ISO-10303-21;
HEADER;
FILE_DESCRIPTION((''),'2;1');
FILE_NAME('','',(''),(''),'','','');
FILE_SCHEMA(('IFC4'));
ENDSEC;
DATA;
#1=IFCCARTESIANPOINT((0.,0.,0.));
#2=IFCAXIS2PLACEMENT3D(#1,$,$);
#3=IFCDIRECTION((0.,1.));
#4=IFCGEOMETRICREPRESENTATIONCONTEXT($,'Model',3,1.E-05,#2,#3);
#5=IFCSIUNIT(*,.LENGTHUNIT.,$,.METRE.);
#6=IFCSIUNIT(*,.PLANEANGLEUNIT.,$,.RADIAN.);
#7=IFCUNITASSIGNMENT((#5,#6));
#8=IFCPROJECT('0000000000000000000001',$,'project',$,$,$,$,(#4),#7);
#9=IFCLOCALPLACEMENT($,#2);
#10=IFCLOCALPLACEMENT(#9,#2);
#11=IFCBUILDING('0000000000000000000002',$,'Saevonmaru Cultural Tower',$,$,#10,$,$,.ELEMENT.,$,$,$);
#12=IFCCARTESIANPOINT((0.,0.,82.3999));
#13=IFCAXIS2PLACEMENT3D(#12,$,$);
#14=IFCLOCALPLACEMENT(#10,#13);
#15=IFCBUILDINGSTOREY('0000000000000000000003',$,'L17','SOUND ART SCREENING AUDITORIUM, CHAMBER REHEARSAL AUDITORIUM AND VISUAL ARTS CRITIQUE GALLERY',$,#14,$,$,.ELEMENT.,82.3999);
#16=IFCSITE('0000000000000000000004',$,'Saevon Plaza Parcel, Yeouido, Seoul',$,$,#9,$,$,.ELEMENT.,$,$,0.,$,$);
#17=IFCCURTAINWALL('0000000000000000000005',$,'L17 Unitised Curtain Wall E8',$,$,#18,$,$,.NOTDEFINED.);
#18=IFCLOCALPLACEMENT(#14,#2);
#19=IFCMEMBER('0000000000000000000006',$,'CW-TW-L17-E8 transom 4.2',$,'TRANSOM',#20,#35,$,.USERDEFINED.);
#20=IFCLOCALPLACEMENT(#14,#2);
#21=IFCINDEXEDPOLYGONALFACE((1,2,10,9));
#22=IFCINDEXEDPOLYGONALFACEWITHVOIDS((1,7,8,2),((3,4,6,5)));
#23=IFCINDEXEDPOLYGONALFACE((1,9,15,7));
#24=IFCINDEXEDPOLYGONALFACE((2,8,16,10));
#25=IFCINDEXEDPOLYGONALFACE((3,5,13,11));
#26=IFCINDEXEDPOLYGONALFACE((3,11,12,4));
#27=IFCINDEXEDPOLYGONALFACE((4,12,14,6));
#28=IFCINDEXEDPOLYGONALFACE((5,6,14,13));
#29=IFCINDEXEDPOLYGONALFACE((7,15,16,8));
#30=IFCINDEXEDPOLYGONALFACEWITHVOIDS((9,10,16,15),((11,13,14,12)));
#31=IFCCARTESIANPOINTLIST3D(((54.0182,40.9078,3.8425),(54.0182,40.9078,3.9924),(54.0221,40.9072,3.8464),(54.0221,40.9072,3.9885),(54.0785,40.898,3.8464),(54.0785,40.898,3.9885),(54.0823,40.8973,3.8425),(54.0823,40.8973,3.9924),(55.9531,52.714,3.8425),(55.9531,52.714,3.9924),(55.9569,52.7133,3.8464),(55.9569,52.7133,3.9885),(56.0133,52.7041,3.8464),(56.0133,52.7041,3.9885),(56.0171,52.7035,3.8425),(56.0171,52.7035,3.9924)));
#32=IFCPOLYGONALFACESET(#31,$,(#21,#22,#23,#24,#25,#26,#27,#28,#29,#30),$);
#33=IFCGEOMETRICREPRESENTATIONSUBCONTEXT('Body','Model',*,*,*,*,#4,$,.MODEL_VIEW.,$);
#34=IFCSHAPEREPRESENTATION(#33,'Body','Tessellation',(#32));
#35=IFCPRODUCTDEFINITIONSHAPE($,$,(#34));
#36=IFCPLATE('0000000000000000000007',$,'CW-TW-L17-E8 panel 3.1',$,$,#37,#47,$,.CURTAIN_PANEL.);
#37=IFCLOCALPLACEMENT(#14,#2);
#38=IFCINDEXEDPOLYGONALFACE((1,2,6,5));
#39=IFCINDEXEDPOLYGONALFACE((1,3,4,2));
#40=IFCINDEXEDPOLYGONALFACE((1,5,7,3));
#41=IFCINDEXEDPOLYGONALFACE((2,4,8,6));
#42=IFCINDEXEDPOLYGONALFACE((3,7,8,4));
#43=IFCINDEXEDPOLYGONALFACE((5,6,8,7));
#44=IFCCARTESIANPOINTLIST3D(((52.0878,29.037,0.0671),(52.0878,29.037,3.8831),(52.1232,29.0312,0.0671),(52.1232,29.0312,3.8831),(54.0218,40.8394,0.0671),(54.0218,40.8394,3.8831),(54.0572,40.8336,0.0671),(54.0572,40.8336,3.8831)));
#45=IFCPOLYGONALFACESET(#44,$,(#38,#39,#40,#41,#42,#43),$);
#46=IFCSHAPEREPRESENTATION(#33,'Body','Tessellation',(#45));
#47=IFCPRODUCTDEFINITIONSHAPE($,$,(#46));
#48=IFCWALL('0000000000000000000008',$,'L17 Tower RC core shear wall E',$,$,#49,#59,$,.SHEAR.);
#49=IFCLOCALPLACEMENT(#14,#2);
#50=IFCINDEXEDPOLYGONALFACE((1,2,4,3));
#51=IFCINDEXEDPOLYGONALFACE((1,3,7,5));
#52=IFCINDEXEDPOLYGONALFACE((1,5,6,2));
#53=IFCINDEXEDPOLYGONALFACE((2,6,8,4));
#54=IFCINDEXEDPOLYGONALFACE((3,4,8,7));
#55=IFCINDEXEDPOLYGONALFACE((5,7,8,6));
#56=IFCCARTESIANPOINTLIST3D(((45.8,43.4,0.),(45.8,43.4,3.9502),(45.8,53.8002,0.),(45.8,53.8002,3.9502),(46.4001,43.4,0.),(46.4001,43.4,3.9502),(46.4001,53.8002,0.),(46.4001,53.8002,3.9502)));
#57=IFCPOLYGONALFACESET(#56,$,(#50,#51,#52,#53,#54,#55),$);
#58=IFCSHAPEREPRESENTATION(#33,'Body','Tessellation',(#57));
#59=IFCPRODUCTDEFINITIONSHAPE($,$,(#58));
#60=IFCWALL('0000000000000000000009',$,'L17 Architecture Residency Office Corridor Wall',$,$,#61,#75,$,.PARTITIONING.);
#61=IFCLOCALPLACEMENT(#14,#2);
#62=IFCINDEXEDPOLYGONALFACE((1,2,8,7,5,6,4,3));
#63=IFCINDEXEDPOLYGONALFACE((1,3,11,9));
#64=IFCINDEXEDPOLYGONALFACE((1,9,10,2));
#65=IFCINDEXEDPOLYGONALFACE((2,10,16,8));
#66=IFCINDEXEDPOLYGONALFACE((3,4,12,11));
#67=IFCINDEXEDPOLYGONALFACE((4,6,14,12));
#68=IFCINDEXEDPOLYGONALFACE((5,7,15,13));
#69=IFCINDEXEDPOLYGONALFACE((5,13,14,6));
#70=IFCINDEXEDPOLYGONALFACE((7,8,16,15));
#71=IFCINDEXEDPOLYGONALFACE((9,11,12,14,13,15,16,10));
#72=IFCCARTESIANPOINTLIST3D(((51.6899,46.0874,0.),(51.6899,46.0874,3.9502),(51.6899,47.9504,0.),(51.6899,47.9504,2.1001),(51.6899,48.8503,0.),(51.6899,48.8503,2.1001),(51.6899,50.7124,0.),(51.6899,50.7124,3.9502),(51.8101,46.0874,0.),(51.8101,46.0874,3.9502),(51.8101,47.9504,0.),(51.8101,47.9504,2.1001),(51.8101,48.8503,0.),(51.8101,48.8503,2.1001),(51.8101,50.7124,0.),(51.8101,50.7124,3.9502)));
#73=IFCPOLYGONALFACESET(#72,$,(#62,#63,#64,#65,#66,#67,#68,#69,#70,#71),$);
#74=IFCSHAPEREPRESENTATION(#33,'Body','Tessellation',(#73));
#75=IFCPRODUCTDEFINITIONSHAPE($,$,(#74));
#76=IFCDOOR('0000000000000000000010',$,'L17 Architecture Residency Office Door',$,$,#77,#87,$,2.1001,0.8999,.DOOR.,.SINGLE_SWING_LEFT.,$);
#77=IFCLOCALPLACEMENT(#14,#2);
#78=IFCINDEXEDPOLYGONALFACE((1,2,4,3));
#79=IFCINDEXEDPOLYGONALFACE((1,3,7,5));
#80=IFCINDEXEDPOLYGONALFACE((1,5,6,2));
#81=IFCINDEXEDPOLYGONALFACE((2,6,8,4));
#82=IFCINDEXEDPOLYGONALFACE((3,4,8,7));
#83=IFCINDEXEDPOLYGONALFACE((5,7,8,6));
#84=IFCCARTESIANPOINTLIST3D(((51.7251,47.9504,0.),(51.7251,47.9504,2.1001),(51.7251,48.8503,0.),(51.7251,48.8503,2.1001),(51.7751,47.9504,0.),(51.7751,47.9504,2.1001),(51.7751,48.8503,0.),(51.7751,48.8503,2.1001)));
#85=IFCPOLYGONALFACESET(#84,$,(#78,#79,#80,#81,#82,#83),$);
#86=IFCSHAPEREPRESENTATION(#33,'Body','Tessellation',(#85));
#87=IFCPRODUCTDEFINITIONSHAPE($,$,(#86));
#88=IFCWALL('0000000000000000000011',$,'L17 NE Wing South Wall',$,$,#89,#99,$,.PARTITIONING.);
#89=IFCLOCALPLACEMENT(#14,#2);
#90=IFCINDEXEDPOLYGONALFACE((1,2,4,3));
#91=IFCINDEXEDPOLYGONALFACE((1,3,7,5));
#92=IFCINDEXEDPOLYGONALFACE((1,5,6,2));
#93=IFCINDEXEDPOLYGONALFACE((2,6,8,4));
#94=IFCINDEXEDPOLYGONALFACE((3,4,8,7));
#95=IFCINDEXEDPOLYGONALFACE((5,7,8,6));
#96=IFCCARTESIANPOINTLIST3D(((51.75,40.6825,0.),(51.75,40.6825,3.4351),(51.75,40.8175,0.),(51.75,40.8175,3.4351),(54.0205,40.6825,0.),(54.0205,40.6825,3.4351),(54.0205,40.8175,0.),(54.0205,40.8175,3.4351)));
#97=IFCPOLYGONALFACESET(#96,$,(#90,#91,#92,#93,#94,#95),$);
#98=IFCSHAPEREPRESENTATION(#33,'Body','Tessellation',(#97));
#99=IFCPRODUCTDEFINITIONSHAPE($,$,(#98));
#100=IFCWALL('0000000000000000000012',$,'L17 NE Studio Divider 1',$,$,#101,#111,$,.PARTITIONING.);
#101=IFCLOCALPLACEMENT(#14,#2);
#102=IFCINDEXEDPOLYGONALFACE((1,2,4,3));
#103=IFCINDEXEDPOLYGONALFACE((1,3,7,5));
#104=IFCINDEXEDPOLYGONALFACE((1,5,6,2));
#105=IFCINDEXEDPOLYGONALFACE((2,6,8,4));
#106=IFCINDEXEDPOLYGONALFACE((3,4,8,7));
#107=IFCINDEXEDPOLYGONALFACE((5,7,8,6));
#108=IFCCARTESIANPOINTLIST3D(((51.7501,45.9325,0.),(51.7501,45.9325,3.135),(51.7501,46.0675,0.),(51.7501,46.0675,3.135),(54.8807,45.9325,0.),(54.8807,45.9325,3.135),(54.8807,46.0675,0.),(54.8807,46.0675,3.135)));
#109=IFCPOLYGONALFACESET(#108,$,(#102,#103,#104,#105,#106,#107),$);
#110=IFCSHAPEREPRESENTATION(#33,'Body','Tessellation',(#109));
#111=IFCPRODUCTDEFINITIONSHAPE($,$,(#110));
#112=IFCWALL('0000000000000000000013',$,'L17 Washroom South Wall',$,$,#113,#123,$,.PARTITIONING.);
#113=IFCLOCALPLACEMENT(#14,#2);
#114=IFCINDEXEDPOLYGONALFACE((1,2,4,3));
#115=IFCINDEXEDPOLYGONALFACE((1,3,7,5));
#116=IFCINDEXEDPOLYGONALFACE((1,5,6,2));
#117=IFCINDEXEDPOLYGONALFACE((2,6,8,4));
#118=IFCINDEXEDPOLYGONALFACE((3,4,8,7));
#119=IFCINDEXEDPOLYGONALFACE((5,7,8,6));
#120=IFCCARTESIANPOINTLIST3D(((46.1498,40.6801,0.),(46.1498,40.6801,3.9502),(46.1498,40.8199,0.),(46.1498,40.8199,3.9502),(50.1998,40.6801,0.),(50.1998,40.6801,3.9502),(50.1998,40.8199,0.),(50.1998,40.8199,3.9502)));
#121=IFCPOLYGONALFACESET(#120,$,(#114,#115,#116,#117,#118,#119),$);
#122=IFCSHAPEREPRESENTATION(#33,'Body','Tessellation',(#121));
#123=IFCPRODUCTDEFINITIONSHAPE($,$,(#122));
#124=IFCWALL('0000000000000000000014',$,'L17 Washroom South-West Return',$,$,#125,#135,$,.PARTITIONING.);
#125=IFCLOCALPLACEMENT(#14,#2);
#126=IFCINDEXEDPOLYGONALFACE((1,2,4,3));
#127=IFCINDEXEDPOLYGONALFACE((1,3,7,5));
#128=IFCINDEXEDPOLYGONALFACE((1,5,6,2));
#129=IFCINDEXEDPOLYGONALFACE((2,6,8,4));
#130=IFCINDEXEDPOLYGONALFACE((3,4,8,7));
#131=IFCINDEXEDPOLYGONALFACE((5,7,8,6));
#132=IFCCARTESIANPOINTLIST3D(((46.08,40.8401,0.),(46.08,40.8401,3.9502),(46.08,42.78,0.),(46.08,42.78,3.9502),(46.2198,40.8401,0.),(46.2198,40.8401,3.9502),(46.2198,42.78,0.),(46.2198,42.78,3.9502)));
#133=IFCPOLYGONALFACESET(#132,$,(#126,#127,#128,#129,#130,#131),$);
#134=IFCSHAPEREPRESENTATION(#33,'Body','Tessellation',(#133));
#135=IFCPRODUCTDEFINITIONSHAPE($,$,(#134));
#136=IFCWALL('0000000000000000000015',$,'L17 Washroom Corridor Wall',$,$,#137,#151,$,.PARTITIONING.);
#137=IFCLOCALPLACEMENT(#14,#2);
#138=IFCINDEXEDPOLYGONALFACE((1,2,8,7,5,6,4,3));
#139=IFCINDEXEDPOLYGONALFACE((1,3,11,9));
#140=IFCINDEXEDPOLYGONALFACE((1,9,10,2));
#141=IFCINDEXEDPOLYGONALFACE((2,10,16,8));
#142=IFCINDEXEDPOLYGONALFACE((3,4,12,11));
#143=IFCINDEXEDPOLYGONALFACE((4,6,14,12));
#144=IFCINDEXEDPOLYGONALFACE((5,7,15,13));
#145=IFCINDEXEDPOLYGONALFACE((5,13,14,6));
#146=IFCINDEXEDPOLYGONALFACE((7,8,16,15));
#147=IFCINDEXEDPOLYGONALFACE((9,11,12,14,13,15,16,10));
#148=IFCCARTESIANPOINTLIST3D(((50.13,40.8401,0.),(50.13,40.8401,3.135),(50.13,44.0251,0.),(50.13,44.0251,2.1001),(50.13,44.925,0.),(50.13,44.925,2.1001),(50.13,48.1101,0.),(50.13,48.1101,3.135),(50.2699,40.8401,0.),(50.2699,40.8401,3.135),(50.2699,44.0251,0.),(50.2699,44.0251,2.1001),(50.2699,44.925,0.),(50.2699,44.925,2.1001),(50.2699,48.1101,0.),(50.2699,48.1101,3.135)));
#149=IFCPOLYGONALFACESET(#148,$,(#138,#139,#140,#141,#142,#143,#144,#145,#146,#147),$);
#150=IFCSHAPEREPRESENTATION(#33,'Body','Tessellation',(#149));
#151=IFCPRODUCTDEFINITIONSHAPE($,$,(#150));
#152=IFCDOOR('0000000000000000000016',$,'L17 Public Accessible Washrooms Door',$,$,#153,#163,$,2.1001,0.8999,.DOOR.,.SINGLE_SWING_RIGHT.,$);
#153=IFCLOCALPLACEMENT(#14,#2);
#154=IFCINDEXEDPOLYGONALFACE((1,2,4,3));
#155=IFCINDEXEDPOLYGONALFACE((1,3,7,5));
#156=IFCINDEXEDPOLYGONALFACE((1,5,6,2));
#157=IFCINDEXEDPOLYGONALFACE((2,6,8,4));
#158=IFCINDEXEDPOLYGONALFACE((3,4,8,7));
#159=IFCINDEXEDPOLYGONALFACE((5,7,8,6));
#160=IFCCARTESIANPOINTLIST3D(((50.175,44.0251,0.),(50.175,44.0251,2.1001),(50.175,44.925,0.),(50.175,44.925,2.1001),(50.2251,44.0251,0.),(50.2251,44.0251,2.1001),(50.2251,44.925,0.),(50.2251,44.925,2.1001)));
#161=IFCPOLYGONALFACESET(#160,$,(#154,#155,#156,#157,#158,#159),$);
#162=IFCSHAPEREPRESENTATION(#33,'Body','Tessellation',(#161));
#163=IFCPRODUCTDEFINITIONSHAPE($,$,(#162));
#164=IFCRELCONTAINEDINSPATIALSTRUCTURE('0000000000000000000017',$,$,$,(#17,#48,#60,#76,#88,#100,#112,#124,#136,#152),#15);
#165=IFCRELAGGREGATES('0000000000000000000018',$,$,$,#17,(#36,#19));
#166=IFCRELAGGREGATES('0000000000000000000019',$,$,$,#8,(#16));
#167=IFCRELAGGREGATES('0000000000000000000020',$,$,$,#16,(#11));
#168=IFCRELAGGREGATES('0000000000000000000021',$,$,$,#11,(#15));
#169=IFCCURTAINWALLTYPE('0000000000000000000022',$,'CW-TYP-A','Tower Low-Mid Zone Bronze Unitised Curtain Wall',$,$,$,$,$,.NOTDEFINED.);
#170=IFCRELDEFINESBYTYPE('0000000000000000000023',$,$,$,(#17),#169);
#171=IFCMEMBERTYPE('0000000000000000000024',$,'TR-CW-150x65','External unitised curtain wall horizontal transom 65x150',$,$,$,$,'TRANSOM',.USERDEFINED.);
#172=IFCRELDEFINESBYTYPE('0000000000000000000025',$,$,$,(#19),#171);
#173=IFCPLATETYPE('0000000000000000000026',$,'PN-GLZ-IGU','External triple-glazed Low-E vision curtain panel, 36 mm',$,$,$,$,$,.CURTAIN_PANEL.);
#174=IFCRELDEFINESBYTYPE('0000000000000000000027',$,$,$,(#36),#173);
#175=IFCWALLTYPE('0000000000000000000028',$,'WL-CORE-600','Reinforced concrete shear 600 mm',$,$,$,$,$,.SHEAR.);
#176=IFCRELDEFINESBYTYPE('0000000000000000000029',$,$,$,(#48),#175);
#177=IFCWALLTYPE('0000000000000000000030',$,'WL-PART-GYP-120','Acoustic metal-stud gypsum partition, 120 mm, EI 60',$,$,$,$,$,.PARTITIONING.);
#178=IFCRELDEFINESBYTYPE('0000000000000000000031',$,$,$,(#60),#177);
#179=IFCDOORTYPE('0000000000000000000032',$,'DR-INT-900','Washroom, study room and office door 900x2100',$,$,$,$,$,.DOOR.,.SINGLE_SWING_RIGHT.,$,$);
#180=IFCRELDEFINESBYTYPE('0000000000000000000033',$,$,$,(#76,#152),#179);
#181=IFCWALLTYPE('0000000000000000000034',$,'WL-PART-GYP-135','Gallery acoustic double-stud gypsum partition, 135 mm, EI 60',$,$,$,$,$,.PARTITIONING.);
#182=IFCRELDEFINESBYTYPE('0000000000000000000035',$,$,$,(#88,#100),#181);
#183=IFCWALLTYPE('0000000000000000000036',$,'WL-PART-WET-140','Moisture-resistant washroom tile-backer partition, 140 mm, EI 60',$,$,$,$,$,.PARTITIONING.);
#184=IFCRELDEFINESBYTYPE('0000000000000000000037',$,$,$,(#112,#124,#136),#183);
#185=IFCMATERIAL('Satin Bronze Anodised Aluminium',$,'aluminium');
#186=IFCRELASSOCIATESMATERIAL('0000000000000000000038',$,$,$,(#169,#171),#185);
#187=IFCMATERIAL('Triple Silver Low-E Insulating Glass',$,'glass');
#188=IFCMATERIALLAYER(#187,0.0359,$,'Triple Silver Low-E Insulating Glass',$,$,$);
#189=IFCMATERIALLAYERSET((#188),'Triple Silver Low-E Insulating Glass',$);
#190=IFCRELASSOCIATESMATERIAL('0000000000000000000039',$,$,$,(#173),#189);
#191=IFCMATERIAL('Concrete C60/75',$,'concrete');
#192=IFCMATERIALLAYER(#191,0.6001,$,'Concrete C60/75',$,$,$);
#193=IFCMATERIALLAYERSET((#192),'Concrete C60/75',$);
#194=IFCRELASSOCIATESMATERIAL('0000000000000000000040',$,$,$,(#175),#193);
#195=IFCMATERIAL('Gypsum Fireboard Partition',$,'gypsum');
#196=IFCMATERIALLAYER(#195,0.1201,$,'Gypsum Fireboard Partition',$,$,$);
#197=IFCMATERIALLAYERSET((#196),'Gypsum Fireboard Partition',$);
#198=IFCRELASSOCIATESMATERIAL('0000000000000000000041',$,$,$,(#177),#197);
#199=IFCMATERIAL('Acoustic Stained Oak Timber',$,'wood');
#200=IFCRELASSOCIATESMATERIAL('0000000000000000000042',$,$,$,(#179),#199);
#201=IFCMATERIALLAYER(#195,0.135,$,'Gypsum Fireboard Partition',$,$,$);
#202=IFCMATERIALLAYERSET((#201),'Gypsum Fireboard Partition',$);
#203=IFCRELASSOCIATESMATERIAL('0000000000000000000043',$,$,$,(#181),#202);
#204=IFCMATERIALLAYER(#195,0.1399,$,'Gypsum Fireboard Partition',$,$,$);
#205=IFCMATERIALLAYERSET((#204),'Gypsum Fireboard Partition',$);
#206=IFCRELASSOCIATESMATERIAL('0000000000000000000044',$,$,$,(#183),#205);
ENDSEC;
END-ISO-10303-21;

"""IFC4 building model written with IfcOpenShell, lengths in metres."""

from ifc_helpers import new_model, si_unit, direction, frame, frame_2d, origin, origin_2d, place, context, subcontext, project, spatial, rectangle, hollow_rectangle, extrude, material, layer, layer_set, material_profile, profile_set, type_object, element, fill, aggregate, save


model = new_model("IFC4")

# Units and contexts
model_context = context("Model", 3, precision=1e-05, world=origin(), true_north=direction((0.0, 1.0)))
body_context = subcontext(model_context, "Body", "Model", "MODEL_VIEW")
ifc_project = project(units=[si_unit("LENGTHUNIT", "METRE"), si_unit("PLANEANGLEUNIT", "RADIAN")], contexts=[model_context])

# Site, building, storey
site_placement = place(None, origin())
site = spatial("IfcSite", under=ifc_project, at=site_placement, Name="Saevon Plaza Parcel, Yeouido, Seoul", CompositionType="ELEMENT", RefElevation=0.0)
building_placement = place(site_placement, origin())
building = spatial("IfcBuilding", under=site, at=building_placement, Name="Saevonmaru Cultural Tower", CompositionType="ELEMENT")
storey_placement = place(building_placement, frame((0.0, 0.0, 82.3999)))
storey = spatial("IfcBuildingStorey", under=building, at=storey_placement, Name="L17", Description="SOUND ART SCREENING AUDITORIUM, CHAMBER REHEARSAL AUDITORIUM AND VISUAL ARTS CRITIQUE GALLERY", CompositionType="ELEMENT", Elevation=82.3999)

# Curtain wall, member, plate
ifc_material_1 = material(Name="Satin Bronze Anodised Aluminium", Category="aluminium")
curtain_wall_type = type_object("IfcCurtainWallType", Name="CW-TYP-A", Description="Tower Low-Mid Zone Bronze Unitised Curtain Wall", PredefinedType="NOTDEFINED", material=ifc_material_1)
curtain_wall_placement = place(storey_placement, origin())
curtain_wall = element("IfcCurtainWall", 1, at=curtain_wall_placement, inside=storey, type_object=curtain_wall_type, Name="L17 Unitised Curtain Wall E8", PredefinedType="NOTDEFINED")
ifc_material_profile_1 = material_profile(ifc_material_1, hollow_rectangle(XDim=0.0649, YDim=0.1499, WallThickness=0.0039, at=origin_2d()), Name="ALU-TRAN-150x65x4")
ifc_profile_set_1 = profile_set([ifc_material_profile_1], Name="Satin Bronze Anodised Aluminium")
member_type_1 = type_object("IfcMemberType", Name="TR-CW-150x65", Description="External unitised curtain wall horizontal transom 65x150", ElementType="TRANSOM", PredefinedType="USERDEFINED", material=ifc_profile_set_1)
member_1_placement = place(storey_placement, frame((54.0503, 40.9026, 3.9175), z_axis=(0.161725, 0.986836, 0.0), x_axis=(-0.986836, 0.161725, 0.0)))
member_1 = element("IfcMember", 2, at=member_1_placement, type_object=member_type_1, Name="CW-TW-L17-E8 transom 4.2", ObjectType="TRANSOM", PredefinedType="USERDEFINED", context=body_context, shape_type="SweptSolid", body=[
    extrude(hollow_rectangle(XDim=0.0649, YDim=0.1499, WallThickness=0.0039, at=origin_2d()), origin(), (0.0, 0.0, 1.0), 11.9636),
])
ifc_material_2 = material(Name="Triple Silver Low-E Insulating Glass", Category="glass")
ifc_layer_1 = layer(ifc_material_2, 0.0359, Name="Triple Silver Low-E Insulating Glass")
ifc_layer_set_1 = layer_set([ifc_layer_1], Name="Triple Silver Low-E Insulating Glass")
plate_type = type_object("IfcPlateType", Name="PN-GLZ-IGU", Description="External triple-glazed Low-E vision curtain panel, 36 mm", PredefinedType="CURTAIN_PANEL", material=ifc_layer_set_1)
plate_placement = place(storey_placement, frame((53.0725, 34.9353, 0.0671), z_axis=(0.0, 0.0, 1.0), x_axis=(0.161709, 0.986839, 0.0)))
plate = element("IfcPlate", 3, at=plate_placement, type_object=plate_type, Name="CW-TW-L17-E8 panel 3.1", PredefinedType="CURTAIN_PANEL", context=body_context, shape_type="SweptSolid", body=[
    extrude(rectangle(XDim=11.9597, YDim=0.0359, at=origin_2d()), origin(), (0.0, 0.0, 1.0), 3.8159),
])
aggregate(curtain_wall, [plate, member_1])

# Wall
ifc_material_3 = material(Name="Concrete C60/75", Category="concrete")
ifc_layer_2 = layer(ifc_material_3, 0.6001, Name="Concrete C60/75")
ifc_layer_set_2 = layer_set([ifc_layer_2], Name="Concrete C60/75")
wall_type_1 = type_object("IfcWallType", Name="WL-CORE-600", Description="Reinforced concrete shear 600 mm", PredefinedType="SHEAR", material=ifc_layer_set_2)
wall_1_placement = place(storey_placement, frame((46.1001, 43.3999, 0.0), z_axis=(0.0, 0.0, 1.0), x_axis=(0.0, 1.0, 0.0)))
element("IfcWall", 4, at=wall_1_placement, inside=storey, type_object=wall_type_1, Name="L17 Tower RC core shear wall E", PredefinedType="SHEAR", context=body_context, shape_type="SweptSolid", body=[
    extrude(rectangle(XDim=10.4001, YDim=0.6001, at=frame_2d((5.2002, 0.0))), origin(), (0.0, 0.0, 1.0), 3.9502),
])

# Wall, opening, door
ifc_material_4 = material(Name="Gypsum Fireboard Partition", Category="gypsum")
ifc_layer_3 = layer(ifc_material_4, 0.1201, Name="Gypsum Fireboard Partition")
ifc_layer_set_3 = layer_set([ifc_layer_3], Name="Gypsum Fireboard Partition")
wall_type_2 = type_object("IfcWallType", Name="WL-PART-GYP-120", Description="Acoustic metal-stud gypsum partition, 120 mm, EI 60", PredefinedType="PARTITIONING", material=ifc_layer_set_3)
wall_2_placement = place(storey_placement, frame((51.75, 46.0874, 0.0), z_axis=(0.0, 0.0, 1.0), x_axis=(0.0, 1.0, 0.0)))
wall_2 = element("IfcWall", 5, at=wall_2_placement, inside=storey, type_object=wall_type_2, Name="L17 Architecture Residency Office Corridor Wall", PredefinedType="PARTITIONING", context=body_context, shape_type="SweptSolid", body=[
    extrude(rectangle(XDim=4.625, YDim=0.1201, at=frame_2d((2.3125, 0.0))), origin(), (0.0, 0.0, 1.0), 3.9502),
])
opening_1_placement = place(wall_2_placement, frame((1.863, 0.0, 0.0)))
opening_1 = element("IfcOpeningElement", 6, at=opening_1_placement, cuts=wall_2, PredefinedType="OPENING", context=body_context, shape_type="SweptSolid", body=[
    extrude(rectangle(XDim=0.8999, YDim=2.1001, at=frame_2d((0.45, 1.05))), frame((0.0, 0.0701, 0.0), z_axis=(0.0, -1.0, 0.0), x_axis=(1.0, 0.0, 0.0)), (0.0, 0.0, 1.0), 0.1401),
])
ifc_material_5 = material(Name="Acoustic Stained Oak Timber", Category="wood")
door_type_1 = type_object("IfcDoorType", Name="DR-INT-900", Description="Washroom, study room and office door 900x2100", OperationType="SINGLE_SWING_RIGHT", PredefinedType="DOOR", material=ifc_material_5)
door_1_placement = place(opening_1_placement, origin())
door_1 = element("IfcDoor", 7, at=door_1_placement, inside=storey, type_object=door_type_1, Name="L17 Architecture Residency Office Door", OperationType="SINGLE_SWING_LEFT", OverallHeight=2.1001, OverallWidth=0.8999, PredefinedType="DOOR", context=body_context, shape_type="SweptSolid", body=[
    extrude(rectangle(XDim=0.8999, YDim=2.1001, at=frame_2d((0.45, 1.05))), frame((0.0, 0.0249, 0.0), z_axis=(0.0, -1.0, 0.0), x_axis=(1.0, 0.0, 0.0)), (0.0, 0.0, 1.0), 0.05),
])
fill(opening_1, door_1)

# Walls
ifc_layer_4 = layer(ifc_material_4, 0.135, Name="Gypsum Fireboard Partition")
ifc_layer_set_4 = layer_set([ifc_layer_4], Name="Gypsum Fireboard Partition")
wall_type_3 = type_object("IfcWallType", Name="WL-PART-GYP-135", Description="Gallery acoustic double-stud gypsum partition, 135 mm, EI 60", PredefinedType="PARTITIONING", material=ifc_layer_set_4)
wall_3_placement = place(storey_placement, frame((51.75, 40.75, 0.0), z_axis=(0.0, 0.0, 1.0), x_axis=(1.0, 0.0, 0.0)))
element("IfcWall", 8, at=wall_3_placement, inside=storey, type_object=wall_type_3, Name="L17 NE Wing South Wall", PredefinedType="PARTITIONING", context=body_context, shape_type="SweptSolid", body=[
    extrude(rectangle(XDim=2.2705, YDim=0.135, at=frame_2d((1.1353, 0.0))), origin(), (0.0, 0.0, 1.0), 3.4351),
])
wall_4_placement = place(storey_placement, frame((51.75, 46.0, 0.0), z_axis=(0.0, 0.0, 1.0), x_axis=(1.0, 0.0, 0.0)))
element("IfcWall", 9, at=wall_4_placement, inside=storey, type_object=wall_type_3, Name="L17 NE Studio Divider 1", PredefinedType="PARTITIONING", context=body_context, shape_type="SweptSolid", body=[
    extrude(rectangle(XDim=3.1306, YDim=0.135, at=frame_2d((1.5654, 0.0))), origin(), (0.0, 0.0, 1.0), 3.135),
])
ifc_layer_5 = layer(ifc_material_4, 0.1399, Name="Gypsum Fireboard Partition")
ifc_layer_set_5 = layer_set([ifc_layer_5], Name="Gypsum Fireboard Partition")
wall_type_4 = type_object("IfcWallType", Name="WL-PART-WET-140", Description="Moisture-resistant washroom tile-backer partition, 140 mm, EI 60", PredefinedType="PARTITIONING", material=ifc_layer_set_5)
wall_5_placement = place(storey_placement, frame((46.1499, 40.75, 0.0), z_axis=(0.0, 0.0, 1.0), x_axis=(1.0, 0.0, 0.0)))
element("IfcWall", 10, at=wall_5_placement, inside=storey, type_object=wall_type_4, Name="L17 Washroom South Wall", PredefinedType="PARTITIONING", context=body_context, shape_type="SweptSolid", body=[
    extrude(rectangle(XDim=4.05, YDim=0.1399, at=frame_2d((2.0249, 0.0))), origin(), (0.0, 0.0, 1.0), 3.9502),
])
wall_6_placement = place(storey_placement, frame((46.1499, 40.8401, 0.0), z_axis=(0.0, 0.0, 1.0), x_axis=(0.0, 1.0, 0.0)))
element("IfcWall", 11, at=wall_6_placement, inside=storey, type_object=wall_type_4, Name="L17 Washroom South-West Return", PredefinedType="PARTITIONING", context=body_context, shape_type="SweptSolid", body=[
    extrude(rectangle(XDim=1.9399, YDim=0.1399, at=frame_2d((0.97, 0.0))), origin(), (0.0, 0.0, 1.0), 3.9502),
])

# Wall, opening, door
wall_7_placement = place(storey_placement, frame((50.2, 40.8401, 0.0), z_axis=(0.0, 0.0, 1.0), x_axis=(0.0, 1.0, 0.0)))
wall_7 = element("IfcWall", 12, at=wall_7_placement, inside=storey, type_object=wall_type_4, Name="L17 Washroom Corridor Wall", PredefinedType="PARTITIONING", context=body_context, shape_type="SweptSolid", body=[
    extrude(rectangle(XDim=7.27, YDim=0.1399, at=frame_2d((3.635, 0.0))), origin(), (0.0, 0.0, 1.0), 3.135),
])
opening_2_placement = place(wall_7_placement, frame((3.1851, 0.0, 0.0)))
opening_2 = element("IfcOpeningElement", 13, at=opening_2_placement, cuts=wall_7, PredefinedType="OPENING", context=body_context, shape_type="SweptSolid", body=[
    extrude(rectangle(XDim=0.8999, YDim=2.1001, at=frame_2d((0.45, 1.05))), frame((0.0, 0.0801, 0.0), z_axis=(0.0, -1.0, 0.0), x_axis=(1.0, 0.0, 0.0)), (0.0, 0.0, 1.0), 0.1599),
])
door_2_placement = place(opening_2_placement, origin())
door_2 = element("IfcDoor", 14, at=door_2_placement, inside=storey, type_object=door_type_1, Name="L17 Public Accessible Washrooms Door", OperationType="SINGLE_SWING_RIGHT", OverallHeight=2.1001, OverallWidth=0.8999, PredefinedType="DOOR", context=body_context, shape_type="SweptSolid", body=[
    extrude(rectangle(XDim=0.8999, YDim=2.1001, at=frame_2d((0.45, 1.05))), frame((0.0, 0.0249, 0.0), z_axis=(0.0, -1.0, 0.0), x_axis=(1.0, 0.0, 0.0)), (0.0, 0.0, 1.0), 0.05),
])
fill(opening_2, door_2)

save(model, "model.ifc")
